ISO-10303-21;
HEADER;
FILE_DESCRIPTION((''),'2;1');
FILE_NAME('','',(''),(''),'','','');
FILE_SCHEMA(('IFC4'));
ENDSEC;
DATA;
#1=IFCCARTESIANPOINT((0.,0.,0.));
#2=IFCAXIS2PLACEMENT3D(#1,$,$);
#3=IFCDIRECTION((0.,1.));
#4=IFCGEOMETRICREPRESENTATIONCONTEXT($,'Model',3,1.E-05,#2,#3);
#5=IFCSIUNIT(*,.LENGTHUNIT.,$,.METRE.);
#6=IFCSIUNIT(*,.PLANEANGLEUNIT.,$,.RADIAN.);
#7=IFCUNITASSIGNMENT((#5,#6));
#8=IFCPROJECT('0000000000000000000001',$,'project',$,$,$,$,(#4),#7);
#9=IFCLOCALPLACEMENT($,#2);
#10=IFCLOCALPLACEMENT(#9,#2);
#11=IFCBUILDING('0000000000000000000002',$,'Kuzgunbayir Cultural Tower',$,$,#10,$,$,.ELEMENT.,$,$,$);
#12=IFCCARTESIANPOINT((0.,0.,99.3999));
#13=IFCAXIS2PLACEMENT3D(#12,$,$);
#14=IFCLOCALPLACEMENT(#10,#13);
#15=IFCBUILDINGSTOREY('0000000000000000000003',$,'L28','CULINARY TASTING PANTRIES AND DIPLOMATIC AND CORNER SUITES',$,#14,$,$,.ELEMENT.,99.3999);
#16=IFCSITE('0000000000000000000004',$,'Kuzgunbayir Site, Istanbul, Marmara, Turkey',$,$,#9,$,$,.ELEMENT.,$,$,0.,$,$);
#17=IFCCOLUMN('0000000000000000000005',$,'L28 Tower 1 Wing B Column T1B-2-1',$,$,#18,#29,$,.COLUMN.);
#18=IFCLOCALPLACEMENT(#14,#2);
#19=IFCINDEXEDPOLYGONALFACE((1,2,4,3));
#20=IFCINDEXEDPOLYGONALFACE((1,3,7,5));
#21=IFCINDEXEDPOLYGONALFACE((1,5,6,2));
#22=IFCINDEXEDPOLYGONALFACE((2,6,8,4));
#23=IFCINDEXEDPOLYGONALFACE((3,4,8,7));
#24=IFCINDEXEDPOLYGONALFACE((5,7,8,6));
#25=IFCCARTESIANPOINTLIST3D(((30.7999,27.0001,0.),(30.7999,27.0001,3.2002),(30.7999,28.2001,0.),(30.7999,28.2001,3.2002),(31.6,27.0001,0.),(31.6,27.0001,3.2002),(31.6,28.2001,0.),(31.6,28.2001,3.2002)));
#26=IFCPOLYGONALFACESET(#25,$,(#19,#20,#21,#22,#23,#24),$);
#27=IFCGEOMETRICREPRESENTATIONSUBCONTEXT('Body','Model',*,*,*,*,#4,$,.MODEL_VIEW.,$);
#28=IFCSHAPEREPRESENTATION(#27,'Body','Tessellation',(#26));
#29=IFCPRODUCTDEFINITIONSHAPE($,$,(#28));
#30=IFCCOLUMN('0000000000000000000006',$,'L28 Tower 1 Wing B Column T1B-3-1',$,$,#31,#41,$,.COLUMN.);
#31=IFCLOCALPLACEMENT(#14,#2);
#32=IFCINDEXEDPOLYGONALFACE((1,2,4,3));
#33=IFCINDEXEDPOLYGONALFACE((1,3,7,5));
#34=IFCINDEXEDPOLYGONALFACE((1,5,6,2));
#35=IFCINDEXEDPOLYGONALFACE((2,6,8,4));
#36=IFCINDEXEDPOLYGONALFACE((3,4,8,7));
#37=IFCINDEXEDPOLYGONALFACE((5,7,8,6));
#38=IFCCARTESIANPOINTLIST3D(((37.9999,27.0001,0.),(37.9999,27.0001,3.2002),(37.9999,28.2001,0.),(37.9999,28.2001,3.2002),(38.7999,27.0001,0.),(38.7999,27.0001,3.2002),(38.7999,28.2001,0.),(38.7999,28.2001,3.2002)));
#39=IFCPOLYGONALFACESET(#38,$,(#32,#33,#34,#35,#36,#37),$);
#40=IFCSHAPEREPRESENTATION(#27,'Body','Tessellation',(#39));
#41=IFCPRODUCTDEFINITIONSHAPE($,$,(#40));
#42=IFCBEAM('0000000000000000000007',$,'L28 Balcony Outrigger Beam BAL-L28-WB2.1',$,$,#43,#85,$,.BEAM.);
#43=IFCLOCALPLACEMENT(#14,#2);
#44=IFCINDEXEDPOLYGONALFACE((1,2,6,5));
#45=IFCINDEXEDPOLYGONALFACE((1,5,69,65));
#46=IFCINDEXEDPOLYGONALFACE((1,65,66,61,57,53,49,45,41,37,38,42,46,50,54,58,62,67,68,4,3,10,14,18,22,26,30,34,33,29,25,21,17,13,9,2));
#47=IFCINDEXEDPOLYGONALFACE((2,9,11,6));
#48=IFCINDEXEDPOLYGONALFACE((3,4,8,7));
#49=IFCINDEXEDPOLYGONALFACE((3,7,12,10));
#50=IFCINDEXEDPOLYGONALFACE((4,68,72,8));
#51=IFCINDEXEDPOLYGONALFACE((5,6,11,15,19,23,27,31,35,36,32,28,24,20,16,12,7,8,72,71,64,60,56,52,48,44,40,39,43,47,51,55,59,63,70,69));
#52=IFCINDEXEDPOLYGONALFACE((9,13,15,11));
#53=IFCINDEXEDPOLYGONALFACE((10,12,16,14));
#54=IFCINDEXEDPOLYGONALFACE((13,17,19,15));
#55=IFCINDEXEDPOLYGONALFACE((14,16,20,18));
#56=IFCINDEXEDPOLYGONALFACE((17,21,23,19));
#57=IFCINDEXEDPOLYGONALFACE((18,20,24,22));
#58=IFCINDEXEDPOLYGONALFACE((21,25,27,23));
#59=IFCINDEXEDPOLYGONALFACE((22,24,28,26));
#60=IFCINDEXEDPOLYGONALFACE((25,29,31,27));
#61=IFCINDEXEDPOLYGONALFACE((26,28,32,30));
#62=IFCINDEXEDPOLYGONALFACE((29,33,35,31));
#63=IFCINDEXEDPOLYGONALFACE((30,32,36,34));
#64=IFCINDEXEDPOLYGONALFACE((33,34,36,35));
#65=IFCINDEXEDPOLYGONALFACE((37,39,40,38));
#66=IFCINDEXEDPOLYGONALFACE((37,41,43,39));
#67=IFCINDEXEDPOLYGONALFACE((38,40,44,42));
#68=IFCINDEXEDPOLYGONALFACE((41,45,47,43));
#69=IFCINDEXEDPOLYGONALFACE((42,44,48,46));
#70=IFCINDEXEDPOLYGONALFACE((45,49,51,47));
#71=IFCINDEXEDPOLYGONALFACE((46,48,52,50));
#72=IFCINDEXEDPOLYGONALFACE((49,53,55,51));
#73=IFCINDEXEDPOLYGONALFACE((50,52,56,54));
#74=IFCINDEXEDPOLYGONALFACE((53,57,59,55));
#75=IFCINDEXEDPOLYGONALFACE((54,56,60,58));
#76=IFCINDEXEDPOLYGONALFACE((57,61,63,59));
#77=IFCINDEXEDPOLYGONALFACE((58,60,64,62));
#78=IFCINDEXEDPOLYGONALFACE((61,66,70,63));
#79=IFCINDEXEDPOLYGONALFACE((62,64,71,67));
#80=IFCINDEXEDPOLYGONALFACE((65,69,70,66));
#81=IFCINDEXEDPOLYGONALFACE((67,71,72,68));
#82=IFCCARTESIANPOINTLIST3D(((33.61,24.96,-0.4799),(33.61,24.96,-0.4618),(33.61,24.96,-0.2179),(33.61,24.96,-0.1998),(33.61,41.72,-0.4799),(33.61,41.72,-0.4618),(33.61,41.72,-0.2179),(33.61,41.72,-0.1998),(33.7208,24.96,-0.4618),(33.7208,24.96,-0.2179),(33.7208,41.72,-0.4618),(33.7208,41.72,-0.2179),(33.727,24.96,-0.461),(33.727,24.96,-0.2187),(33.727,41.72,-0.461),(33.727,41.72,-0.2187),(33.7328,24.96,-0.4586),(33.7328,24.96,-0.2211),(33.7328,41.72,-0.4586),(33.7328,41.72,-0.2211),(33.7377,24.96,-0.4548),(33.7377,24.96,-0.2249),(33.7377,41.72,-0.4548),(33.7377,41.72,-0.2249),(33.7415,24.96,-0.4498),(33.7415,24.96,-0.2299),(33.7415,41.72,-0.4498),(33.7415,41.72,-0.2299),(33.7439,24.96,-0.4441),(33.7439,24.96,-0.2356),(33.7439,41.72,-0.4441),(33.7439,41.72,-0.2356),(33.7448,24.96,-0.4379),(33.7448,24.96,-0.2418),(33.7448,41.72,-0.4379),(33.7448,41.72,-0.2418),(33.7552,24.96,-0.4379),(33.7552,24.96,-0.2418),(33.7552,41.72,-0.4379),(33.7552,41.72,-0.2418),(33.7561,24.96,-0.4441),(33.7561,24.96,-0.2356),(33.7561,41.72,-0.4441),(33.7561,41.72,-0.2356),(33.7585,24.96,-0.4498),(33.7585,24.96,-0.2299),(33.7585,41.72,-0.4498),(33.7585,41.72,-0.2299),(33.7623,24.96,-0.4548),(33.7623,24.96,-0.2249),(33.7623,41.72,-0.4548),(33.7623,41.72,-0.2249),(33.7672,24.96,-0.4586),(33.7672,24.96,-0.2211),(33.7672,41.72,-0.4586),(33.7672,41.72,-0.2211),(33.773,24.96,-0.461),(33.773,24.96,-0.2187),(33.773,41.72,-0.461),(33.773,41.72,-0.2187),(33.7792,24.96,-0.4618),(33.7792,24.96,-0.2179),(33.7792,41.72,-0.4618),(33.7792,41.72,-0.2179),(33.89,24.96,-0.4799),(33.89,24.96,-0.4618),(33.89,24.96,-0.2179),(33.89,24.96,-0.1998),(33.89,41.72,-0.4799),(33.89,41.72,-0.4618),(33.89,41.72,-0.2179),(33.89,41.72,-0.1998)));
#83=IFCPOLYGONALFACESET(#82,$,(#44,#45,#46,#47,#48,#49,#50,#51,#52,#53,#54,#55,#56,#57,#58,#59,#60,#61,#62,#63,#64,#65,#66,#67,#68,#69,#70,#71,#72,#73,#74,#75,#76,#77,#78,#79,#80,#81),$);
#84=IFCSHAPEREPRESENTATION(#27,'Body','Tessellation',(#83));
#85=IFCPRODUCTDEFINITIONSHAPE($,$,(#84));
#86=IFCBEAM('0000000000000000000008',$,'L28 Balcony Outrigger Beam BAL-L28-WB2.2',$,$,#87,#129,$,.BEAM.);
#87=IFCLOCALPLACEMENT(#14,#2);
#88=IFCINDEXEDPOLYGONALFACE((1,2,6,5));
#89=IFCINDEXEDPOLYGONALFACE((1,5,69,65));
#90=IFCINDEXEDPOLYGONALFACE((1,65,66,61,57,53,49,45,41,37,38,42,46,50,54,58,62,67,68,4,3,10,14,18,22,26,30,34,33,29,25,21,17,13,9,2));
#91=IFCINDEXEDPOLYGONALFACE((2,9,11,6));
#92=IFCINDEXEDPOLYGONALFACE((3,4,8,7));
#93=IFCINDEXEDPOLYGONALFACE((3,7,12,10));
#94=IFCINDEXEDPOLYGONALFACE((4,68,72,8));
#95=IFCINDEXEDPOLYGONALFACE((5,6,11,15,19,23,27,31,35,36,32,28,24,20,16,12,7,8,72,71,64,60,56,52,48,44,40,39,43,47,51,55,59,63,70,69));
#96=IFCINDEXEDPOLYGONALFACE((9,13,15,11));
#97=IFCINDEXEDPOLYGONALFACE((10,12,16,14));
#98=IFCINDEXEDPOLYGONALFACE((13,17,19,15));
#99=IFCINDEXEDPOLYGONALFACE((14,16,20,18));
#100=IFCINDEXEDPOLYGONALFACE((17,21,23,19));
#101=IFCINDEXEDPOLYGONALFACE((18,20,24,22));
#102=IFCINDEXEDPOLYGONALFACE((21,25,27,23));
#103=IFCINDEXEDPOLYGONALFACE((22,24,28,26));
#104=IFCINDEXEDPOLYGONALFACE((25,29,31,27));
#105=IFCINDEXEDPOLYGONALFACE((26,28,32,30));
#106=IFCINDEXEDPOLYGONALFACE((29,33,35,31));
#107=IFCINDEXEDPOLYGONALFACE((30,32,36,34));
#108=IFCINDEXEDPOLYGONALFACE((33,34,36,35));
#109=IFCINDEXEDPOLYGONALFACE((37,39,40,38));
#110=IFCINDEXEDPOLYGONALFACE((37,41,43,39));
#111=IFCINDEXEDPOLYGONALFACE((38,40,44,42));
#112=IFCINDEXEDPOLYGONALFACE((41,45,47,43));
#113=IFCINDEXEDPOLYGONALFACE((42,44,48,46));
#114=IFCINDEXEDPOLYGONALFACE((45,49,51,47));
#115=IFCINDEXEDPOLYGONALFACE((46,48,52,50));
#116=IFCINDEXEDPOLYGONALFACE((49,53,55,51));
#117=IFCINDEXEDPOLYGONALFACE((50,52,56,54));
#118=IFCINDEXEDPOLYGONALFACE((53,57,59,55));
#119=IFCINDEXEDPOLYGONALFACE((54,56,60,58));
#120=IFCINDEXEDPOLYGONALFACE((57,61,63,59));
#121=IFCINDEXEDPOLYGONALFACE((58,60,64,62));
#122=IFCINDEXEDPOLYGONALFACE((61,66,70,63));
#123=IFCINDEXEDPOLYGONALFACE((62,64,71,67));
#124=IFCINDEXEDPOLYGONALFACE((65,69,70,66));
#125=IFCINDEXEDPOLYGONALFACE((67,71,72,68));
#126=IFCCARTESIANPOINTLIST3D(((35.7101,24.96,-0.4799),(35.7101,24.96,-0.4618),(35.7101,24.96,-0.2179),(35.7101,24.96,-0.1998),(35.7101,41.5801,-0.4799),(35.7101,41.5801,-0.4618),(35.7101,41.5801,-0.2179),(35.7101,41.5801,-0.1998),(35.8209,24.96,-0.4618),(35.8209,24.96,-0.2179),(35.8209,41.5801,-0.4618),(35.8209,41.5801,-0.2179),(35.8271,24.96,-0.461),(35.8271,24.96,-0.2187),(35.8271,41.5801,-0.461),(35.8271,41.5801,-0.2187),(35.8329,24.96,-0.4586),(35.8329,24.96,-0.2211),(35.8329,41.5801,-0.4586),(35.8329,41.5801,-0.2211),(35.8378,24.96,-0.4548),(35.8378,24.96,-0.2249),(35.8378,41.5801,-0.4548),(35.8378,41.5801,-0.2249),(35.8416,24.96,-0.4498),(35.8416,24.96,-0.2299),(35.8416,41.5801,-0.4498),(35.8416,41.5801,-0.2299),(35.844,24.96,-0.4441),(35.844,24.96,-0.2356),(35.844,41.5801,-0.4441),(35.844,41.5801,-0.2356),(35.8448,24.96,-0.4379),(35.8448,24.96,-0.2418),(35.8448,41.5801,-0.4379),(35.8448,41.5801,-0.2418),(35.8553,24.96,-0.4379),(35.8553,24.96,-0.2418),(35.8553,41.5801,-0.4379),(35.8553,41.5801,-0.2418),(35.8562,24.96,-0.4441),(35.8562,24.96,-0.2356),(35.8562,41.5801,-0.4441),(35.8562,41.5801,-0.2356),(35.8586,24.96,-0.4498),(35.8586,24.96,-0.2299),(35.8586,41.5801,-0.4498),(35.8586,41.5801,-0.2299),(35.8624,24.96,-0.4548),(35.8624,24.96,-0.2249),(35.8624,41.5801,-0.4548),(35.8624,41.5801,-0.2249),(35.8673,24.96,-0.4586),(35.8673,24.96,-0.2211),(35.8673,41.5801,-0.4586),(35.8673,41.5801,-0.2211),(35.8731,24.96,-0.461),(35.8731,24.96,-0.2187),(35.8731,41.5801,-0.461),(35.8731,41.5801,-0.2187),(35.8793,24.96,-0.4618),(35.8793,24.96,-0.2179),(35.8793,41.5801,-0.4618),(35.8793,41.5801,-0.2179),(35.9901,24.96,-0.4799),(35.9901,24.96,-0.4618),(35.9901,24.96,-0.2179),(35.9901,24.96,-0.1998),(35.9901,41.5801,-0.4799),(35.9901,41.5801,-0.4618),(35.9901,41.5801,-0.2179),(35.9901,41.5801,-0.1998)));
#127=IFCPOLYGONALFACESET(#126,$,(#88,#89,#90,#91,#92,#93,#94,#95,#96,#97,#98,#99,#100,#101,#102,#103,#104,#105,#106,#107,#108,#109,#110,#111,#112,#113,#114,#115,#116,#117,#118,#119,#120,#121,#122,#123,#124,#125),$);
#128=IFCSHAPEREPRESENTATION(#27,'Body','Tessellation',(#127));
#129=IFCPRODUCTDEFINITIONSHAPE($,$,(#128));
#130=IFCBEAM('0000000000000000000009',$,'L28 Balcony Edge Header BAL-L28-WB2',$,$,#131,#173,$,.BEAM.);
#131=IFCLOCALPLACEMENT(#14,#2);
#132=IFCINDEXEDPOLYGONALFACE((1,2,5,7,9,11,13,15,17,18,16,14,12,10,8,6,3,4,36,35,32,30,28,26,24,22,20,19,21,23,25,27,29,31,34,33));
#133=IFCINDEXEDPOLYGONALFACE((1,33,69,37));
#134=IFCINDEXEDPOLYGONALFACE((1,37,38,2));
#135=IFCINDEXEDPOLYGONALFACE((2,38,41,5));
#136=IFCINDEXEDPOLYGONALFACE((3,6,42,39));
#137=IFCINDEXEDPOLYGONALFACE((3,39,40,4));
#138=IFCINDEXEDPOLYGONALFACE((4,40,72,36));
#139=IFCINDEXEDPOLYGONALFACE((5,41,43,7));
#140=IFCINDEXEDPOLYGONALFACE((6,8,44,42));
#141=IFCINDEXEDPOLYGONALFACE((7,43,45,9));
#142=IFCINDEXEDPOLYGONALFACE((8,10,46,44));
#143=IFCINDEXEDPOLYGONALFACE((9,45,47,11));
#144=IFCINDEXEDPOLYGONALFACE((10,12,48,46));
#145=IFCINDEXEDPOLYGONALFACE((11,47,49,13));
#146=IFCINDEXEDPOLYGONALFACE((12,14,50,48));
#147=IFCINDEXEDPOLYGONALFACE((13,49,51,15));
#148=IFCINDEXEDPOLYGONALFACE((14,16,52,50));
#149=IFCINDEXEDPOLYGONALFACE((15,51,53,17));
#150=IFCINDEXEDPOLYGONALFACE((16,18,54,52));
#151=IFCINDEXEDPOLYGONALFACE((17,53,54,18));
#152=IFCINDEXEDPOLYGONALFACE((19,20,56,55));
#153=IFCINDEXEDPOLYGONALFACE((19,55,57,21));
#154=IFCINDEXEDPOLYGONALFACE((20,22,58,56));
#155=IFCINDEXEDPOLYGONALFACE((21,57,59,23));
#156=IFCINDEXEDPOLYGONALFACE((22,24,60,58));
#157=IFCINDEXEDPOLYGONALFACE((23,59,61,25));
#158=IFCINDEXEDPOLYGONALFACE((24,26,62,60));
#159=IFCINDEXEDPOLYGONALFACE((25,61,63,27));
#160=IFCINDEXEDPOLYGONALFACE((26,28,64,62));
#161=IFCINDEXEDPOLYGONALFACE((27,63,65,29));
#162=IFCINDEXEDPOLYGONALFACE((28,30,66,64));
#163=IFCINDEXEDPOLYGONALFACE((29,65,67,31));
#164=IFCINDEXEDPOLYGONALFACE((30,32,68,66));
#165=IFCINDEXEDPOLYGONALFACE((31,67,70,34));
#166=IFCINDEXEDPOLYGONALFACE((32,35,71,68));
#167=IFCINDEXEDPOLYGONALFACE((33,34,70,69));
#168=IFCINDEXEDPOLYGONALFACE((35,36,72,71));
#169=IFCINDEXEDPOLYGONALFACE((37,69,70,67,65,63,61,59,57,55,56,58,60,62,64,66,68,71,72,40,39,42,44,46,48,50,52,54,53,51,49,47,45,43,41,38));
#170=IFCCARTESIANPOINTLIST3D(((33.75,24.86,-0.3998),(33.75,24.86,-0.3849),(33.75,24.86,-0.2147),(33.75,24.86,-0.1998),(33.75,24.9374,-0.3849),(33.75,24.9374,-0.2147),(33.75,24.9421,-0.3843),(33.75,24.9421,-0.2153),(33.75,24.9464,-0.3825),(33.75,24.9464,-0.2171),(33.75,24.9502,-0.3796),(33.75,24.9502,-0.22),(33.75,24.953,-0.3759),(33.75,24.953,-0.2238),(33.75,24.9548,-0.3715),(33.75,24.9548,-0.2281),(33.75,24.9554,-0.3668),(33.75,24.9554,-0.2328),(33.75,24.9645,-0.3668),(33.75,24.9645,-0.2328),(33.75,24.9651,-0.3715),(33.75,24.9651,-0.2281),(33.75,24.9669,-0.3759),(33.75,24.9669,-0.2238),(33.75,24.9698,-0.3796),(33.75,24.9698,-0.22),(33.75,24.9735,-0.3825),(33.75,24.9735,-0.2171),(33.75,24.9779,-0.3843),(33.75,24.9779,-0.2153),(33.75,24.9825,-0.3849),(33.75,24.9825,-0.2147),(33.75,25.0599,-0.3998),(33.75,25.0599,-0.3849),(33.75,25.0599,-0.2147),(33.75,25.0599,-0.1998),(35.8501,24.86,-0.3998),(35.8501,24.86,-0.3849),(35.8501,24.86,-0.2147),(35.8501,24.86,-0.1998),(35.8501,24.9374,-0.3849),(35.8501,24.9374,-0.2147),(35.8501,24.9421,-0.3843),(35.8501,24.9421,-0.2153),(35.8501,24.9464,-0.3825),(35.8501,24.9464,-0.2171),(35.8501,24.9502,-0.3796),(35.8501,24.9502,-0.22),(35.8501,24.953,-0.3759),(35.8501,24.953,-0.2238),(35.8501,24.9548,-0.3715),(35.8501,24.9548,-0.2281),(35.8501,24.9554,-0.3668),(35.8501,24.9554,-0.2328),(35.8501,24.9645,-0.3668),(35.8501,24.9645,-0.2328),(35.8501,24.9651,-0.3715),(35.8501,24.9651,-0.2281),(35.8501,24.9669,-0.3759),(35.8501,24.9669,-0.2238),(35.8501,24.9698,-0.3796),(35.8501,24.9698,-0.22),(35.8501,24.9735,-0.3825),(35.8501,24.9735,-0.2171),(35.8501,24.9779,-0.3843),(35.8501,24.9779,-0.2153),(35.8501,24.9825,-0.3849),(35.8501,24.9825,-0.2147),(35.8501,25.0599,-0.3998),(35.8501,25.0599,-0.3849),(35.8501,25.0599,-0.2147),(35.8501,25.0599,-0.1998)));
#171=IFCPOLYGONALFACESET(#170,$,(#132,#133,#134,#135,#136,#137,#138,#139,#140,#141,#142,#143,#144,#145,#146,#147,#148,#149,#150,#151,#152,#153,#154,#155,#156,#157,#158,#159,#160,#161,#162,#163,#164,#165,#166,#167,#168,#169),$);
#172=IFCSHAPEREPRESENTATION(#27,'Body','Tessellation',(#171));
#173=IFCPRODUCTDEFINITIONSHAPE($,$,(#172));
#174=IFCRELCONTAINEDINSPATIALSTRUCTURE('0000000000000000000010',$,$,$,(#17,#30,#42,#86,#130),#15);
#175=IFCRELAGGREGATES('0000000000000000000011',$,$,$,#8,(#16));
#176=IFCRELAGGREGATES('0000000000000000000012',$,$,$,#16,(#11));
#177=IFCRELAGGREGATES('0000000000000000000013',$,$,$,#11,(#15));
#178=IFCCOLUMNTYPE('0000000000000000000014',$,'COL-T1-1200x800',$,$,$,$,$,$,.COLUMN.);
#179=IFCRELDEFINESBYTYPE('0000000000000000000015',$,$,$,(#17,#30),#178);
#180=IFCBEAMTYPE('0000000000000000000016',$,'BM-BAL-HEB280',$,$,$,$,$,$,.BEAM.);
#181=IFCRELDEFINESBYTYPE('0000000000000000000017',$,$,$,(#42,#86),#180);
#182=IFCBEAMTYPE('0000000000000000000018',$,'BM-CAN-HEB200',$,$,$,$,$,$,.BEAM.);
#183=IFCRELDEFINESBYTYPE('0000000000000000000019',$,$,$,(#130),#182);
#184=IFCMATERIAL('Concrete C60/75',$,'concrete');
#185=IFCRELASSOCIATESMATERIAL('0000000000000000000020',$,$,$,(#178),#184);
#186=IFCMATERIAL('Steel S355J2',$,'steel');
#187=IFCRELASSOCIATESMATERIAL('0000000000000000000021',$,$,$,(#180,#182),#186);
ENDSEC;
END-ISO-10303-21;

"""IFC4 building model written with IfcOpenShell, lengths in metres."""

from ifc_helpers import new_model, si_unit, direction, frame, origin, origin_2d, place, context, subcontext, project, spatial, rectangle, i_section, extrude, material, material_profile, profile_set, type_object, element, save


model = new_model("IFC4")

# Units and contexts
model_context = context("Model", 3, precision=1e-05, world=origin(), true_north=direction((0.0, 1.0)))
body_context = subcontext(model_context, "Body", "Model", "MODEL_VIEW")
ifc_project = project(units=[si_unit("LENGTHUNIT", "METRE"), si_unit("PLANEANGLEUNIT", "RADIAN")], contexts=[model_context])

# Site, building, storey
site_placement = place(None, origin())
site = spatial("IfcSite", under=ifc_project, at=site_placement, Name="Kuzgunbayir Site, Istanbul, Marmara, Turkey", CompositionType="ELEMENT", RefElevation=0.0)
building_placement = place(site_placement, origin())
building = spatial("IfcBuilding", under=site, at=building_placement, Name="Kuzgunbayir Cultural Tower", CompositionType="ELEMENT")
storey_placement = place(building_placement, frame((0.0, 0.0, 99.3999)))
storey = spatial("IfcBuildingStorey", under=building, at=storey_placement, Name="L28", Description="CULINARY TASTING PANTRIES AND DIPLOMATIC AND CORNER SUITES", CompositionType="ELEMENT", Elevation=99.3999)

# Columns
ifc_material_1 = material(Name="Concrete C60/75", Category="concrete")
ifc_material_profile_1 = material_profile(ifc_material_1, rectangle(XDim=0.8, YDim=1.2, at=origin_2d()), Name="RC 1200x800")
ifc_profile_set_1 = profile_set([ifc_material_profile_1], Name="Concrete C60/75")
column_type = type_object("IfcColumnType", Name="COL-T1-1200x800", PredefinedType="COLUMN", material=ifc_profile_set_1)
for number, where, z_axis, x_axis, name in (
    (1, (31.2, 27.6001, 0.0), (0.0, 0.0, 1.0), (1.0, 0.0, 0.0), "L28 Tower 1 Wing B Column T1B-2-1"),
    (2, (38.3999, 27.6001, 0.0), (0.0, 0.0, 1.0), (1.0, 0.0, 0.0), "L28 Tower 1 Wing B Column T1B-3-1"),
):
    element("IfcColumn", number, at=place(storey_placement, frame(where, z_axis=z_axis, x_axis=x_axis)), inside=storey, type_object=column_type, Name=name, PredefinedType="COLUMN", context=body_context, shape_type="SweptSolid", body=[
        extrude(rectangle(XDim=0.8, YDim=1.2, at=origin_2d()), origin(), (0.0, 0.0, 1.0), 3.2002),
    ])

# Beams
ifc_material_2 = material(Name="Steel S355J2", Category="steel")
ifc_material_profile_2 = material_profile(ifc_material_2, i_section(OverallWidth=0.28, OverallDepth=0.28, WebThickness=0.0105, FlangeThickness=0.0181, FilletRadius=0.0239, at=origin_2d()), Name="HEB 280")
ifc_profile_set_2 = profile_set([ifc_material_profile_2], Name="Steel S355J2")
beam_type_1 = type_object("IfcBeamType", Name="BM-BAL-HEB280", PredefinedType="BEAM", material=ifc_profile_set_2)
beam_1_placement = place(storey_placement, frame((33.75, 24.96, -0.3398), z_axis=(0.0, 1.0, 0.0), x_axis=(-1.0, 0.0, 0.0)))
element("IfcBeam", 3, at=beam_1_placement, inside=storey, type_object=beam_type_1, Name="L28 Balcony Outrigger Beam BAL-L28-WB2.1", PredefinedType="BEAM", context=body_context, shape_type="SweptSolid", body=[
    extrude(i_section(OverallWidth=0.28, OverallDepth=0.28, WebThickness=0.0105, FlangeThickness=0.0181, FilletRadius=0.0239, at=origin_2d()), origin(), (0.0, 0.0, 1.0), 16.76),
])
beam_2_placement = place(storey_placement, frame((35.8501, 24.96, -0.3398), z_axis=(0.0, 1.0, 0.0), x_axis=(-1.0, 0.0, 0.0)))
element("IfcBeam", 4, at=beam_2_placement, inside=storey, type_object=beam_type_1, Name="L28 Balcony Outrigger Beam BAL-L28-WB2.2", PredefinedType="BEAM", context=body_context, shape_type="SweptSolid", body=[
    extrude(i_section(OverallWidth=0.28, OverallDepth=0.28, WebThickness=0.0105, FlangeThickness=0.0181, FilletRadius=0.0239, at=origin_2d()), origin(), (0.0, 0.0, 1.0), 16.6201),
])
ifc_material_profile_3 = material_profile(ifc_material_2, i_section(OverallWidth=0.2, OverallDepth=0.2, WebThickness=0.009, FlangeThickness=0.0149, FilletRadius=0.0181, at=origin_2d()), Name="HEB 200")
ifc_profile_set_3 = profile_set([ifc_material_profile_3], Name="Steel S355J2")
beam_type_2 = type_object("IfcBeamType", Name="BM-CAN-HEB200", PredefinedType="BEAM", material=ifc_profile_set_3)
beam_3_placement = place(storey_placement, frame((33.75, 24.96, -0.2998), z_axis=(1.0, 0.0, 0.0), x_axis=(0.0, 1.0, 0.0)))
element("IfcBeam", 5, at=beam_3_placement, inside=storey, type_object=beam_type_2, Name="L28 Balcony Edge Header BAL-L28-WB2", PredefinedType="BEAM", context=body_context, shape_type="SweptSolid", body=[
    extrude(i_section(OverallWidth=0.2, OverallDepth=0.2, WebThickness=0.009, FlangeThickness=0.0149, FilletRadius=0.0181, at=origin_2d()), origin(), (0.0, 0.0, 1.0), 2.1001),
])

save(model, "model.ifc")
